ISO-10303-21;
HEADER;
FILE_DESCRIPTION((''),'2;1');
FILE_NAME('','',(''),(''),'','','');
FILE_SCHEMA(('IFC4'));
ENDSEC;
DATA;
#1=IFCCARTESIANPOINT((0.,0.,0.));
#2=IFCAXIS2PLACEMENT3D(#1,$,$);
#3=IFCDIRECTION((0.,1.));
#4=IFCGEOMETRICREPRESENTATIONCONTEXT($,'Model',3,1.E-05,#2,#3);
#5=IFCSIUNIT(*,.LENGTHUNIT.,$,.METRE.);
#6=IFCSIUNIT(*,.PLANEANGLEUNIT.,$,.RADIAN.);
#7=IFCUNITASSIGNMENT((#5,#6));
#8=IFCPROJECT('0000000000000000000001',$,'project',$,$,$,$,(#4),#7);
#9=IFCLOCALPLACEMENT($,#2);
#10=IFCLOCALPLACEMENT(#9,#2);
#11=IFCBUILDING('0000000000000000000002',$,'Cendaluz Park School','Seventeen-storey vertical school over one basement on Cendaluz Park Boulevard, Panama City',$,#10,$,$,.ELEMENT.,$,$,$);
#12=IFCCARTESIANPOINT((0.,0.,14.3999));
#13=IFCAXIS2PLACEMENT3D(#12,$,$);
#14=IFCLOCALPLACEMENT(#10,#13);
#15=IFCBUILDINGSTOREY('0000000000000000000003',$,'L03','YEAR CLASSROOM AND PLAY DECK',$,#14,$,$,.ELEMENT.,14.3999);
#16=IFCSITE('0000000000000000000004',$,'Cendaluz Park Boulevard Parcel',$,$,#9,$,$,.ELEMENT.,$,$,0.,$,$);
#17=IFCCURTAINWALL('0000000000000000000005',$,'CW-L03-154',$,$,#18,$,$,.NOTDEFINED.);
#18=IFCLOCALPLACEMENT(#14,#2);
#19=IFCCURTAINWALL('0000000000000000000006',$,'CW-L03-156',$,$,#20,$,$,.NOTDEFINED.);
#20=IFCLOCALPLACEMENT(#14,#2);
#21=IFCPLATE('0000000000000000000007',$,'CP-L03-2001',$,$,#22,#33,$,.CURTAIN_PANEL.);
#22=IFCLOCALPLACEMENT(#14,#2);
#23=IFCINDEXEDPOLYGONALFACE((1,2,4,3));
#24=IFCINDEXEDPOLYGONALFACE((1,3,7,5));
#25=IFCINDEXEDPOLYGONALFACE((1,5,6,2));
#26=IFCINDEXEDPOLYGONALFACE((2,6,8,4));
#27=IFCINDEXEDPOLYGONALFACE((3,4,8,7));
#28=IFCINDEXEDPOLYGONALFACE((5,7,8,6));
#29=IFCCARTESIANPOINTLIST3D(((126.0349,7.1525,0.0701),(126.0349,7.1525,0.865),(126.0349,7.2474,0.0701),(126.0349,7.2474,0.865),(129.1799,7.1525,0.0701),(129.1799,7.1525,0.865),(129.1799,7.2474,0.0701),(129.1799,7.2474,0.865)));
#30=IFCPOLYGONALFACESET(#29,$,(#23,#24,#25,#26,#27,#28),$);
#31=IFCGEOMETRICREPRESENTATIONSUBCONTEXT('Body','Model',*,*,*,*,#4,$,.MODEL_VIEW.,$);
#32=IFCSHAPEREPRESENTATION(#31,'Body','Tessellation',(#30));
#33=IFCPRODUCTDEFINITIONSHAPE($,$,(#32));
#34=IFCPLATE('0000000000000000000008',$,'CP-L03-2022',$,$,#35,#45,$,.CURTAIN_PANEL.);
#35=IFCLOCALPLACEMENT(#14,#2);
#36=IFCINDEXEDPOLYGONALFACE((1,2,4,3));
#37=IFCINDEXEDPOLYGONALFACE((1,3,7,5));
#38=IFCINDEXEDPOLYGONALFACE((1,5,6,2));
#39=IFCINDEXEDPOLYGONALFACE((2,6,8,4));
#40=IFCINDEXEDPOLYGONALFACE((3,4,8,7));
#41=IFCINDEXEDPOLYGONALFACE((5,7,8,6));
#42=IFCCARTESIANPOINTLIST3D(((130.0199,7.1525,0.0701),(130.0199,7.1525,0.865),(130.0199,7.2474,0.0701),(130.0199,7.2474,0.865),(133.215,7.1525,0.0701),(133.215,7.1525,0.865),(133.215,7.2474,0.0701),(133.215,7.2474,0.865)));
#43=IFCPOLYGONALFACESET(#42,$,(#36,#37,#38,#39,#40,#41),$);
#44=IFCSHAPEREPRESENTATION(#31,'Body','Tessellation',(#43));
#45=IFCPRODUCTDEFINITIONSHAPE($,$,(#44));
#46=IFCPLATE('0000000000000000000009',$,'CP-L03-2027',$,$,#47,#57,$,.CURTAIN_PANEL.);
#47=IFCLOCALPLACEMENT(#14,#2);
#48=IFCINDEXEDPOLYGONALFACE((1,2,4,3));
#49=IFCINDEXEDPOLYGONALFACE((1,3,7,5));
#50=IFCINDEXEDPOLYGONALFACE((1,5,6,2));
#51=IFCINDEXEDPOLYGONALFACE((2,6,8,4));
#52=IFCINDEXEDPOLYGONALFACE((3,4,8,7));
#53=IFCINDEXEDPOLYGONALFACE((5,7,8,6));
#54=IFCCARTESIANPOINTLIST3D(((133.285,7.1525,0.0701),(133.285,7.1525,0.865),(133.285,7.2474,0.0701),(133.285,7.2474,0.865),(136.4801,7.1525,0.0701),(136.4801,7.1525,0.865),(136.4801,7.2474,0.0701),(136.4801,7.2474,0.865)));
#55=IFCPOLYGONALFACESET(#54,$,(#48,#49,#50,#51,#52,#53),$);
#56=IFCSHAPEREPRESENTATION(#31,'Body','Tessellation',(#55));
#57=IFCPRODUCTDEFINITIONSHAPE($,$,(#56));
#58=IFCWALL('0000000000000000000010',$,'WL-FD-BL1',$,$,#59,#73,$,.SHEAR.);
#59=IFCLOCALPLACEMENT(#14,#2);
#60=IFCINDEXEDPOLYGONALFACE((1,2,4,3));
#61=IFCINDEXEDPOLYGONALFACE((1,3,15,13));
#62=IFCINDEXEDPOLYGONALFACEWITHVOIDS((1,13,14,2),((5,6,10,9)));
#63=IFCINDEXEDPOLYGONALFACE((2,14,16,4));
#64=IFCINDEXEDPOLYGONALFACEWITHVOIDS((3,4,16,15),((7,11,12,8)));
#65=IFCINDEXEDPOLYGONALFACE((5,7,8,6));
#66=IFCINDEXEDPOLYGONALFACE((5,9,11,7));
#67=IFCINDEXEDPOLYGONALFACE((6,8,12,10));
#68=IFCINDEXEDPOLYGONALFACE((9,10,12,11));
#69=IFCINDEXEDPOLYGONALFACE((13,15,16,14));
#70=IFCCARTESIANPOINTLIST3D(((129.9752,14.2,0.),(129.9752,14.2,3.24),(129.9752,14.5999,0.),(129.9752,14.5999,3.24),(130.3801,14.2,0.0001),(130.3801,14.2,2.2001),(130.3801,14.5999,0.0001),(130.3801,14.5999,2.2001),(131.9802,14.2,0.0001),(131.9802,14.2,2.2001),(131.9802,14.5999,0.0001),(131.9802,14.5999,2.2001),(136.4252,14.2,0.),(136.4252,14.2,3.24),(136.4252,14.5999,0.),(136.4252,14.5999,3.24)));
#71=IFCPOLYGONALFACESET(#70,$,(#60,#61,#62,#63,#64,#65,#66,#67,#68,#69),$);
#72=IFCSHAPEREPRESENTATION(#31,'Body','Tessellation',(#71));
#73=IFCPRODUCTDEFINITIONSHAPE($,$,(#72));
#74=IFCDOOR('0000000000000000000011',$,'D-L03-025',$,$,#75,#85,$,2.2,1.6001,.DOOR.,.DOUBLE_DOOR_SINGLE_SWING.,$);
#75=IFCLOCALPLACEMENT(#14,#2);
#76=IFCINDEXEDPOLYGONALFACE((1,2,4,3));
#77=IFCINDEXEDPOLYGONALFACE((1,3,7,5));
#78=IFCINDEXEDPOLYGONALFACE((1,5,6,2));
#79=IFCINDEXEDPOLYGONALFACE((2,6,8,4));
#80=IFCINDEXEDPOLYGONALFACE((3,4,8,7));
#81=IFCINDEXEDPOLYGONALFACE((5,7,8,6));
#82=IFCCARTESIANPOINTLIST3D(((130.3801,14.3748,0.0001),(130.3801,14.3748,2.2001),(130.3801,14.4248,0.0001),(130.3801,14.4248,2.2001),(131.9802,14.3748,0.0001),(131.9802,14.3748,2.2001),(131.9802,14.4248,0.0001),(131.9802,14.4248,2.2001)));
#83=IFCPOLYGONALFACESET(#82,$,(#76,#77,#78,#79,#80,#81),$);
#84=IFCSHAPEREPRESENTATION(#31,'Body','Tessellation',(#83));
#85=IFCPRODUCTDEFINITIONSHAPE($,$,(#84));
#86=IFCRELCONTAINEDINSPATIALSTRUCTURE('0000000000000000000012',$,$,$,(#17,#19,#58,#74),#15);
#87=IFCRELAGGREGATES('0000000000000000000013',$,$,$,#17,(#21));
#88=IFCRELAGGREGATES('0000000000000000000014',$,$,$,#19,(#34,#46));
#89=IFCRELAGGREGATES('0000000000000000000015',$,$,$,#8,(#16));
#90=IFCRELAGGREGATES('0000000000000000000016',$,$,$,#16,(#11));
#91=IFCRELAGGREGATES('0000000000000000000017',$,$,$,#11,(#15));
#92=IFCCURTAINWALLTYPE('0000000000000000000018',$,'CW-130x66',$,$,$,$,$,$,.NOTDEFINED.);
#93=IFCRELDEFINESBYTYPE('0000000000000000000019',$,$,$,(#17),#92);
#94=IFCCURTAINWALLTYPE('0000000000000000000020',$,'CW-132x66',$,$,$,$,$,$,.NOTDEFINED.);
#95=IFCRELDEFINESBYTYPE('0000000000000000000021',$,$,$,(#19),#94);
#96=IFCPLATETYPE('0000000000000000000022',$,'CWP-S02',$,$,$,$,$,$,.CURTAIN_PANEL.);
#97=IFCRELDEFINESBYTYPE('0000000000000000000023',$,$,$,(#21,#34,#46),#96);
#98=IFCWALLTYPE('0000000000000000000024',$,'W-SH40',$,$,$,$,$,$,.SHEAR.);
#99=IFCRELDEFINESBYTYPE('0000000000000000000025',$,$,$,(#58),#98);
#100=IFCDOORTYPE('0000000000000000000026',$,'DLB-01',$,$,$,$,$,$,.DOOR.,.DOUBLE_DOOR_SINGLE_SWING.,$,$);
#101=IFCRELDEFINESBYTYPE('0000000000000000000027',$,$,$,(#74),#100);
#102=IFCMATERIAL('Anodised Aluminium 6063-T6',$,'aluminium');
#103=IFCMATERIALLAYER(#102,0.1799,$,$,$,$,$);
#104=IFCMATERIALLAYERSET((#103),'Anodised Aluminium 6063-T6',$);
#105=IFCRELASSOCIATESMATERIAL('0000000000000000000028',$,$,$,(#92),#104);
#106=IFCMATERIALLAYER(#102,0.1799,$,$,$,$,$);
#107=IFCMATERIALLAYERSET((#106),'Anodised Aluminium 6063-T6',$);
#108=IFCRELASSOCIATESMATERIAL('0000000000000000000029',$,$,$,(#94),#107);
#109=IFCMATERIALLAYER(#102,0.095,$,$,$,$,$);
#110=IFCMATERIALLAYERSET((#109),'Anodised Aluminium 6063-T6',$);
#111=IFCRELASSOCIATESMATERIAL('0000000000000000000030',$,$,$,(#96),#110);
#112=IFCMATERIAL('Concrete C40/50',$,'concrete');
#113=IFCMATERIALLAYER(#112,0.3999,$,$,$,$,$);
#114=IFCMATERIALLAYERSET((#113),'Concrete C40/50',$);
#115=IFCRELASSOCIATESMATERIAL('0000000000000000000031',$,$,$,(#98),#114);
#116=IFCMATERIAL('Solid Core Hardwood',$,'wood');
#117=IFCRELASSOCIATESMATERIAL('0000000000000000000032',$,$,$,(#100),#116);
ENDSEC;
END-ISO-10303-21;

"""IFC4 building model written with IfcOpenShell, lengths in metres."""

from ifc_helpers import new_model, si_unit, direction, frame, frame_2d, origin, origin_2d, place, context, subcontext, project, spatial, rectangle, extrude, material, layer, layer_set, type_object, element, fill, aggregate, save


model = new_model("IFC4")

# Units and contexts
model_context = context("Model", 3, precision=1e-05, world=origin(), true_north=direction((0.0, 1.0)))
body_context = subcontext(model_context, "Body", "Model", "MODEL_VIEW")
ifc_project = project(units=[si_unit("LENGTHUNIT", "METRE"), si_unit("PLANEANGLEUNIT", "RADIAN")], contexts=[model_context])

# Site, building, storey
site_placement = place(None, origin())
site = spatial("IfcSite", under=ifc_project, at=site_placement, Name="Cendaluz Park Boulevard Parcel", CompositionType="ELEMENT", RefElevation=0.0)
building_placement = place(site_placement, origin())
building = spatial("IfcBuilding", under=site, at=building_placement, Name="Cendaluz Park School", Description="Seventeen-storey vertical school over one basement on Cendaluz Park Boulevard, Panama City", CompositionType="ELEMENT")
storey_placement = place(building_placement, frame((0.0, 0.0, 14.3999)))
storey = spatial("IfcBuildingStorey", under=building, at=storey_placement, Name="L03", Description="YEAR CLASSROOM AND PLAY DECK", CompositionType="ELEMENT", Elevation=14.3999)

# Shared definitions
ifc_material_1 = material(Name="Concrete C40/50", Category="concrete")

# Curtain walls
ifc_material_2 = material(Name="Anodised Aluminium 6063-T6", Category="aluminium")
ifc_layer_1 = layer(ifc_material_2, 0.1799)
ifc_layer_set_1 = layer_set([ifc_layer_1], Name="Anodised Aluminium 6063-T6")
curtain_wall_type_1 = type_object("IfcCurtainWallType", Name="CW-130x66", PredefinedType="NOTDEFINED", material=ifc_layer_set_1)
curtain_wall_1_placement = place(storey_placement, origin())
curtain_wall_1 = element("IfcCurtainWall", 1, at=curtain_wall_1_placement, inside=storey, type_object=curtain_wall_type_1, Name="CW-L03-154", PredefinedType="NOTDEFINED")
ifc_layer_2 = layer(ifc_material_2, 0.1799)
ifc_layer_set_2 = layer_set([ifc_layer_2], Name="Anodised Aluminium 6063-T6")
curtain_wall_type_2 = type_object("IfcCurtainWallType", Name="CW-132x66", PredefinedType="NOTDEFINED", material=ifc_layer_set_2)
curtain_wall_2_placement = place(storey_placement, origin())
curtain_wall_2 = element("IfcCurtainWall", 2, at=curtain_wall_2_placement, inside=storey, type_object=curtain_wall_type_2, Name="CW-L03-156", PredefinedType="NOTDEFINED")

# Plates
ifc_layer_3 = layer(ifc_material_2, 0.095)
ifc_layer_set_3 = layer_set([ifc_layer_3], Name="Anodised Aluminium 6063-T6")
plate_type_1 = type_object("IfcPlateType", Name="CWP-S02", PredefinedType="CURTAIN_PANEL", material=ifc_layer_set_3)
plate_1_placement = place(storey_placement, frame((127.6074, 7.2, 0.0701), z_axis=(0.0, 0.0, 1.0), x_axis=(1.0, 0.0, 0.0)))
plate_1 = element("IfcPlate", 3, at=plate_1_placement, type_object=plate_type_1, Name="CP-L03-2001", PredefinedType="CURTAIN_PANEL", context=body_context, shape_type="SweptSolid", body=[
    extrude(rectangle(XDim=3.145, YDim=0.095, at=origin_2d()), origin(), (0.0, 0.0, 1.0), 0.7949),
])
aggregate(curtain_wall_1, [plate_1])
plate_2_placement = place(storey_placement, frame((131.6174, 7.2, 0.0701), z_axis=(0.0, 0.0, 1.0), x_axis=(1.0, 0.0, 0.0)))
plate_2 = element("IfcPlate", 4, at=plate_2_placement, type_object=plate_type_1, Name="CP-L03-2022", PredefinedType="CURTAIN_PANEL", context=body_context, shape_type="SweptSolid", body=[
    extrude(rectangle(XDim=3.1951, YDim=0.095, at=origin_2d()), origin(), (0.0, 0.0, 1.0), 0.7949),
])
plate_3_placement = place(storey_placement, frame((134.8826, 7.2, 0.0701), z_axis=(0.0, 0.0, 1.0), x_axis=(1.0, 0.0, 0.0)))
plate_3 = element("IfcPlate", 5, at=plate_3_placement, type_object=plate_type_1, Name="CP-L03-2027", PredefinedType="CURTAIN_PANEL", context=body_context, shape_type="SweptSolid", body=[
    extrude(rectangle(XDim=3.1951, YDim=0.095, at=origin_2d()), origin(), (0.0, 0.0, 1.0), 0.7949),
])
aggregate(curtain_wall_2, [plate_2, plate_3])

# Wall, opening, door
ifc_layer_4 = layer(ifc_material_1, 0.3999)
ifc_layer_set_4 = layer_set([ifc_layer_4], Name="Concrete C40/50")
wall_type = type_object("IfcWallType", Name="W-SH40", PredefinedType="SHEAR", material=ifc_layer_set_4)
wall_placement = place(storey_placement, frame((129.9751, 14.3999, 0.0), z_axis=(0.0, 0.0, 1.0), x_axis=(1.0, 0.0, 0.0)))
wall = element("IfcWall", 6, at=wall_placement, inside=storey, type_object=wall_type, Name="WL-FD-BL1", PredefinedType="SHEAR", context=body_context, shape_type="SweptSolid", body=[
    extrude(rectangle(XDim=6.45, YDim=0.3999, at=frame_2d((3.2251, 0.0))), origin(), (0.0, 0.0, 1.0), 3.24),
])
opening_placement = place(wall_placement, frame((0.405, 0.0, 0.0)))
opening = element("IfcOpeningElement", 7, at=opening_placement, cuts=wall, PredefinedType="OPENING", context=body_context, shape_type="SweptSolid", body=[
    extrude(rectangle(XDim=1.6001, YDim=2.2, at=frame_2d((0.8, 1.1001))), frame((0.0, 0.2119, 0.0), z_axis=(0.0, -1.0, 0.0), x_axis=(1.0, 0.0, 0.0)), (0.0, 0.0, 1.0), 0.4238),
])
ifc_material_3 = material(Name="Solid Core Hardwood", Category="wood")
door_type = type_object("IfcDoorType", Name="DLB-01", OperationType="DOUBLE_DOOR_SINGLE_SWING", PredefinedType="DOOR", material=ifc_material_3)
door_placement = place(opening_placement, origin())
door = element("IfcDoor", 8, at=door_placement, inside=storey, type_object=door_type, Name="D-L03-025", OperationType="DOUBLE_DOOR_SINGLE_SWING", OverallHeight=2.2, OverallWidth=1.6001, PredefinedType="DOOR", context=body_context, shape_type="SweptSolid", body=[
    extrude(rectangle(XDim=1.6001, YDim=2.2, at=frame_2d((0.8, 1.1001))), frame((0.0, 0.0249, 0.0), z_axis=(0.0, -1.0, 0.0), x_axis=(1.0, 0.0, 0.0)), (0.0, 0.0, 1.0), 0.05),
])
fill(opening, door)

save(model, "model.ifc")
